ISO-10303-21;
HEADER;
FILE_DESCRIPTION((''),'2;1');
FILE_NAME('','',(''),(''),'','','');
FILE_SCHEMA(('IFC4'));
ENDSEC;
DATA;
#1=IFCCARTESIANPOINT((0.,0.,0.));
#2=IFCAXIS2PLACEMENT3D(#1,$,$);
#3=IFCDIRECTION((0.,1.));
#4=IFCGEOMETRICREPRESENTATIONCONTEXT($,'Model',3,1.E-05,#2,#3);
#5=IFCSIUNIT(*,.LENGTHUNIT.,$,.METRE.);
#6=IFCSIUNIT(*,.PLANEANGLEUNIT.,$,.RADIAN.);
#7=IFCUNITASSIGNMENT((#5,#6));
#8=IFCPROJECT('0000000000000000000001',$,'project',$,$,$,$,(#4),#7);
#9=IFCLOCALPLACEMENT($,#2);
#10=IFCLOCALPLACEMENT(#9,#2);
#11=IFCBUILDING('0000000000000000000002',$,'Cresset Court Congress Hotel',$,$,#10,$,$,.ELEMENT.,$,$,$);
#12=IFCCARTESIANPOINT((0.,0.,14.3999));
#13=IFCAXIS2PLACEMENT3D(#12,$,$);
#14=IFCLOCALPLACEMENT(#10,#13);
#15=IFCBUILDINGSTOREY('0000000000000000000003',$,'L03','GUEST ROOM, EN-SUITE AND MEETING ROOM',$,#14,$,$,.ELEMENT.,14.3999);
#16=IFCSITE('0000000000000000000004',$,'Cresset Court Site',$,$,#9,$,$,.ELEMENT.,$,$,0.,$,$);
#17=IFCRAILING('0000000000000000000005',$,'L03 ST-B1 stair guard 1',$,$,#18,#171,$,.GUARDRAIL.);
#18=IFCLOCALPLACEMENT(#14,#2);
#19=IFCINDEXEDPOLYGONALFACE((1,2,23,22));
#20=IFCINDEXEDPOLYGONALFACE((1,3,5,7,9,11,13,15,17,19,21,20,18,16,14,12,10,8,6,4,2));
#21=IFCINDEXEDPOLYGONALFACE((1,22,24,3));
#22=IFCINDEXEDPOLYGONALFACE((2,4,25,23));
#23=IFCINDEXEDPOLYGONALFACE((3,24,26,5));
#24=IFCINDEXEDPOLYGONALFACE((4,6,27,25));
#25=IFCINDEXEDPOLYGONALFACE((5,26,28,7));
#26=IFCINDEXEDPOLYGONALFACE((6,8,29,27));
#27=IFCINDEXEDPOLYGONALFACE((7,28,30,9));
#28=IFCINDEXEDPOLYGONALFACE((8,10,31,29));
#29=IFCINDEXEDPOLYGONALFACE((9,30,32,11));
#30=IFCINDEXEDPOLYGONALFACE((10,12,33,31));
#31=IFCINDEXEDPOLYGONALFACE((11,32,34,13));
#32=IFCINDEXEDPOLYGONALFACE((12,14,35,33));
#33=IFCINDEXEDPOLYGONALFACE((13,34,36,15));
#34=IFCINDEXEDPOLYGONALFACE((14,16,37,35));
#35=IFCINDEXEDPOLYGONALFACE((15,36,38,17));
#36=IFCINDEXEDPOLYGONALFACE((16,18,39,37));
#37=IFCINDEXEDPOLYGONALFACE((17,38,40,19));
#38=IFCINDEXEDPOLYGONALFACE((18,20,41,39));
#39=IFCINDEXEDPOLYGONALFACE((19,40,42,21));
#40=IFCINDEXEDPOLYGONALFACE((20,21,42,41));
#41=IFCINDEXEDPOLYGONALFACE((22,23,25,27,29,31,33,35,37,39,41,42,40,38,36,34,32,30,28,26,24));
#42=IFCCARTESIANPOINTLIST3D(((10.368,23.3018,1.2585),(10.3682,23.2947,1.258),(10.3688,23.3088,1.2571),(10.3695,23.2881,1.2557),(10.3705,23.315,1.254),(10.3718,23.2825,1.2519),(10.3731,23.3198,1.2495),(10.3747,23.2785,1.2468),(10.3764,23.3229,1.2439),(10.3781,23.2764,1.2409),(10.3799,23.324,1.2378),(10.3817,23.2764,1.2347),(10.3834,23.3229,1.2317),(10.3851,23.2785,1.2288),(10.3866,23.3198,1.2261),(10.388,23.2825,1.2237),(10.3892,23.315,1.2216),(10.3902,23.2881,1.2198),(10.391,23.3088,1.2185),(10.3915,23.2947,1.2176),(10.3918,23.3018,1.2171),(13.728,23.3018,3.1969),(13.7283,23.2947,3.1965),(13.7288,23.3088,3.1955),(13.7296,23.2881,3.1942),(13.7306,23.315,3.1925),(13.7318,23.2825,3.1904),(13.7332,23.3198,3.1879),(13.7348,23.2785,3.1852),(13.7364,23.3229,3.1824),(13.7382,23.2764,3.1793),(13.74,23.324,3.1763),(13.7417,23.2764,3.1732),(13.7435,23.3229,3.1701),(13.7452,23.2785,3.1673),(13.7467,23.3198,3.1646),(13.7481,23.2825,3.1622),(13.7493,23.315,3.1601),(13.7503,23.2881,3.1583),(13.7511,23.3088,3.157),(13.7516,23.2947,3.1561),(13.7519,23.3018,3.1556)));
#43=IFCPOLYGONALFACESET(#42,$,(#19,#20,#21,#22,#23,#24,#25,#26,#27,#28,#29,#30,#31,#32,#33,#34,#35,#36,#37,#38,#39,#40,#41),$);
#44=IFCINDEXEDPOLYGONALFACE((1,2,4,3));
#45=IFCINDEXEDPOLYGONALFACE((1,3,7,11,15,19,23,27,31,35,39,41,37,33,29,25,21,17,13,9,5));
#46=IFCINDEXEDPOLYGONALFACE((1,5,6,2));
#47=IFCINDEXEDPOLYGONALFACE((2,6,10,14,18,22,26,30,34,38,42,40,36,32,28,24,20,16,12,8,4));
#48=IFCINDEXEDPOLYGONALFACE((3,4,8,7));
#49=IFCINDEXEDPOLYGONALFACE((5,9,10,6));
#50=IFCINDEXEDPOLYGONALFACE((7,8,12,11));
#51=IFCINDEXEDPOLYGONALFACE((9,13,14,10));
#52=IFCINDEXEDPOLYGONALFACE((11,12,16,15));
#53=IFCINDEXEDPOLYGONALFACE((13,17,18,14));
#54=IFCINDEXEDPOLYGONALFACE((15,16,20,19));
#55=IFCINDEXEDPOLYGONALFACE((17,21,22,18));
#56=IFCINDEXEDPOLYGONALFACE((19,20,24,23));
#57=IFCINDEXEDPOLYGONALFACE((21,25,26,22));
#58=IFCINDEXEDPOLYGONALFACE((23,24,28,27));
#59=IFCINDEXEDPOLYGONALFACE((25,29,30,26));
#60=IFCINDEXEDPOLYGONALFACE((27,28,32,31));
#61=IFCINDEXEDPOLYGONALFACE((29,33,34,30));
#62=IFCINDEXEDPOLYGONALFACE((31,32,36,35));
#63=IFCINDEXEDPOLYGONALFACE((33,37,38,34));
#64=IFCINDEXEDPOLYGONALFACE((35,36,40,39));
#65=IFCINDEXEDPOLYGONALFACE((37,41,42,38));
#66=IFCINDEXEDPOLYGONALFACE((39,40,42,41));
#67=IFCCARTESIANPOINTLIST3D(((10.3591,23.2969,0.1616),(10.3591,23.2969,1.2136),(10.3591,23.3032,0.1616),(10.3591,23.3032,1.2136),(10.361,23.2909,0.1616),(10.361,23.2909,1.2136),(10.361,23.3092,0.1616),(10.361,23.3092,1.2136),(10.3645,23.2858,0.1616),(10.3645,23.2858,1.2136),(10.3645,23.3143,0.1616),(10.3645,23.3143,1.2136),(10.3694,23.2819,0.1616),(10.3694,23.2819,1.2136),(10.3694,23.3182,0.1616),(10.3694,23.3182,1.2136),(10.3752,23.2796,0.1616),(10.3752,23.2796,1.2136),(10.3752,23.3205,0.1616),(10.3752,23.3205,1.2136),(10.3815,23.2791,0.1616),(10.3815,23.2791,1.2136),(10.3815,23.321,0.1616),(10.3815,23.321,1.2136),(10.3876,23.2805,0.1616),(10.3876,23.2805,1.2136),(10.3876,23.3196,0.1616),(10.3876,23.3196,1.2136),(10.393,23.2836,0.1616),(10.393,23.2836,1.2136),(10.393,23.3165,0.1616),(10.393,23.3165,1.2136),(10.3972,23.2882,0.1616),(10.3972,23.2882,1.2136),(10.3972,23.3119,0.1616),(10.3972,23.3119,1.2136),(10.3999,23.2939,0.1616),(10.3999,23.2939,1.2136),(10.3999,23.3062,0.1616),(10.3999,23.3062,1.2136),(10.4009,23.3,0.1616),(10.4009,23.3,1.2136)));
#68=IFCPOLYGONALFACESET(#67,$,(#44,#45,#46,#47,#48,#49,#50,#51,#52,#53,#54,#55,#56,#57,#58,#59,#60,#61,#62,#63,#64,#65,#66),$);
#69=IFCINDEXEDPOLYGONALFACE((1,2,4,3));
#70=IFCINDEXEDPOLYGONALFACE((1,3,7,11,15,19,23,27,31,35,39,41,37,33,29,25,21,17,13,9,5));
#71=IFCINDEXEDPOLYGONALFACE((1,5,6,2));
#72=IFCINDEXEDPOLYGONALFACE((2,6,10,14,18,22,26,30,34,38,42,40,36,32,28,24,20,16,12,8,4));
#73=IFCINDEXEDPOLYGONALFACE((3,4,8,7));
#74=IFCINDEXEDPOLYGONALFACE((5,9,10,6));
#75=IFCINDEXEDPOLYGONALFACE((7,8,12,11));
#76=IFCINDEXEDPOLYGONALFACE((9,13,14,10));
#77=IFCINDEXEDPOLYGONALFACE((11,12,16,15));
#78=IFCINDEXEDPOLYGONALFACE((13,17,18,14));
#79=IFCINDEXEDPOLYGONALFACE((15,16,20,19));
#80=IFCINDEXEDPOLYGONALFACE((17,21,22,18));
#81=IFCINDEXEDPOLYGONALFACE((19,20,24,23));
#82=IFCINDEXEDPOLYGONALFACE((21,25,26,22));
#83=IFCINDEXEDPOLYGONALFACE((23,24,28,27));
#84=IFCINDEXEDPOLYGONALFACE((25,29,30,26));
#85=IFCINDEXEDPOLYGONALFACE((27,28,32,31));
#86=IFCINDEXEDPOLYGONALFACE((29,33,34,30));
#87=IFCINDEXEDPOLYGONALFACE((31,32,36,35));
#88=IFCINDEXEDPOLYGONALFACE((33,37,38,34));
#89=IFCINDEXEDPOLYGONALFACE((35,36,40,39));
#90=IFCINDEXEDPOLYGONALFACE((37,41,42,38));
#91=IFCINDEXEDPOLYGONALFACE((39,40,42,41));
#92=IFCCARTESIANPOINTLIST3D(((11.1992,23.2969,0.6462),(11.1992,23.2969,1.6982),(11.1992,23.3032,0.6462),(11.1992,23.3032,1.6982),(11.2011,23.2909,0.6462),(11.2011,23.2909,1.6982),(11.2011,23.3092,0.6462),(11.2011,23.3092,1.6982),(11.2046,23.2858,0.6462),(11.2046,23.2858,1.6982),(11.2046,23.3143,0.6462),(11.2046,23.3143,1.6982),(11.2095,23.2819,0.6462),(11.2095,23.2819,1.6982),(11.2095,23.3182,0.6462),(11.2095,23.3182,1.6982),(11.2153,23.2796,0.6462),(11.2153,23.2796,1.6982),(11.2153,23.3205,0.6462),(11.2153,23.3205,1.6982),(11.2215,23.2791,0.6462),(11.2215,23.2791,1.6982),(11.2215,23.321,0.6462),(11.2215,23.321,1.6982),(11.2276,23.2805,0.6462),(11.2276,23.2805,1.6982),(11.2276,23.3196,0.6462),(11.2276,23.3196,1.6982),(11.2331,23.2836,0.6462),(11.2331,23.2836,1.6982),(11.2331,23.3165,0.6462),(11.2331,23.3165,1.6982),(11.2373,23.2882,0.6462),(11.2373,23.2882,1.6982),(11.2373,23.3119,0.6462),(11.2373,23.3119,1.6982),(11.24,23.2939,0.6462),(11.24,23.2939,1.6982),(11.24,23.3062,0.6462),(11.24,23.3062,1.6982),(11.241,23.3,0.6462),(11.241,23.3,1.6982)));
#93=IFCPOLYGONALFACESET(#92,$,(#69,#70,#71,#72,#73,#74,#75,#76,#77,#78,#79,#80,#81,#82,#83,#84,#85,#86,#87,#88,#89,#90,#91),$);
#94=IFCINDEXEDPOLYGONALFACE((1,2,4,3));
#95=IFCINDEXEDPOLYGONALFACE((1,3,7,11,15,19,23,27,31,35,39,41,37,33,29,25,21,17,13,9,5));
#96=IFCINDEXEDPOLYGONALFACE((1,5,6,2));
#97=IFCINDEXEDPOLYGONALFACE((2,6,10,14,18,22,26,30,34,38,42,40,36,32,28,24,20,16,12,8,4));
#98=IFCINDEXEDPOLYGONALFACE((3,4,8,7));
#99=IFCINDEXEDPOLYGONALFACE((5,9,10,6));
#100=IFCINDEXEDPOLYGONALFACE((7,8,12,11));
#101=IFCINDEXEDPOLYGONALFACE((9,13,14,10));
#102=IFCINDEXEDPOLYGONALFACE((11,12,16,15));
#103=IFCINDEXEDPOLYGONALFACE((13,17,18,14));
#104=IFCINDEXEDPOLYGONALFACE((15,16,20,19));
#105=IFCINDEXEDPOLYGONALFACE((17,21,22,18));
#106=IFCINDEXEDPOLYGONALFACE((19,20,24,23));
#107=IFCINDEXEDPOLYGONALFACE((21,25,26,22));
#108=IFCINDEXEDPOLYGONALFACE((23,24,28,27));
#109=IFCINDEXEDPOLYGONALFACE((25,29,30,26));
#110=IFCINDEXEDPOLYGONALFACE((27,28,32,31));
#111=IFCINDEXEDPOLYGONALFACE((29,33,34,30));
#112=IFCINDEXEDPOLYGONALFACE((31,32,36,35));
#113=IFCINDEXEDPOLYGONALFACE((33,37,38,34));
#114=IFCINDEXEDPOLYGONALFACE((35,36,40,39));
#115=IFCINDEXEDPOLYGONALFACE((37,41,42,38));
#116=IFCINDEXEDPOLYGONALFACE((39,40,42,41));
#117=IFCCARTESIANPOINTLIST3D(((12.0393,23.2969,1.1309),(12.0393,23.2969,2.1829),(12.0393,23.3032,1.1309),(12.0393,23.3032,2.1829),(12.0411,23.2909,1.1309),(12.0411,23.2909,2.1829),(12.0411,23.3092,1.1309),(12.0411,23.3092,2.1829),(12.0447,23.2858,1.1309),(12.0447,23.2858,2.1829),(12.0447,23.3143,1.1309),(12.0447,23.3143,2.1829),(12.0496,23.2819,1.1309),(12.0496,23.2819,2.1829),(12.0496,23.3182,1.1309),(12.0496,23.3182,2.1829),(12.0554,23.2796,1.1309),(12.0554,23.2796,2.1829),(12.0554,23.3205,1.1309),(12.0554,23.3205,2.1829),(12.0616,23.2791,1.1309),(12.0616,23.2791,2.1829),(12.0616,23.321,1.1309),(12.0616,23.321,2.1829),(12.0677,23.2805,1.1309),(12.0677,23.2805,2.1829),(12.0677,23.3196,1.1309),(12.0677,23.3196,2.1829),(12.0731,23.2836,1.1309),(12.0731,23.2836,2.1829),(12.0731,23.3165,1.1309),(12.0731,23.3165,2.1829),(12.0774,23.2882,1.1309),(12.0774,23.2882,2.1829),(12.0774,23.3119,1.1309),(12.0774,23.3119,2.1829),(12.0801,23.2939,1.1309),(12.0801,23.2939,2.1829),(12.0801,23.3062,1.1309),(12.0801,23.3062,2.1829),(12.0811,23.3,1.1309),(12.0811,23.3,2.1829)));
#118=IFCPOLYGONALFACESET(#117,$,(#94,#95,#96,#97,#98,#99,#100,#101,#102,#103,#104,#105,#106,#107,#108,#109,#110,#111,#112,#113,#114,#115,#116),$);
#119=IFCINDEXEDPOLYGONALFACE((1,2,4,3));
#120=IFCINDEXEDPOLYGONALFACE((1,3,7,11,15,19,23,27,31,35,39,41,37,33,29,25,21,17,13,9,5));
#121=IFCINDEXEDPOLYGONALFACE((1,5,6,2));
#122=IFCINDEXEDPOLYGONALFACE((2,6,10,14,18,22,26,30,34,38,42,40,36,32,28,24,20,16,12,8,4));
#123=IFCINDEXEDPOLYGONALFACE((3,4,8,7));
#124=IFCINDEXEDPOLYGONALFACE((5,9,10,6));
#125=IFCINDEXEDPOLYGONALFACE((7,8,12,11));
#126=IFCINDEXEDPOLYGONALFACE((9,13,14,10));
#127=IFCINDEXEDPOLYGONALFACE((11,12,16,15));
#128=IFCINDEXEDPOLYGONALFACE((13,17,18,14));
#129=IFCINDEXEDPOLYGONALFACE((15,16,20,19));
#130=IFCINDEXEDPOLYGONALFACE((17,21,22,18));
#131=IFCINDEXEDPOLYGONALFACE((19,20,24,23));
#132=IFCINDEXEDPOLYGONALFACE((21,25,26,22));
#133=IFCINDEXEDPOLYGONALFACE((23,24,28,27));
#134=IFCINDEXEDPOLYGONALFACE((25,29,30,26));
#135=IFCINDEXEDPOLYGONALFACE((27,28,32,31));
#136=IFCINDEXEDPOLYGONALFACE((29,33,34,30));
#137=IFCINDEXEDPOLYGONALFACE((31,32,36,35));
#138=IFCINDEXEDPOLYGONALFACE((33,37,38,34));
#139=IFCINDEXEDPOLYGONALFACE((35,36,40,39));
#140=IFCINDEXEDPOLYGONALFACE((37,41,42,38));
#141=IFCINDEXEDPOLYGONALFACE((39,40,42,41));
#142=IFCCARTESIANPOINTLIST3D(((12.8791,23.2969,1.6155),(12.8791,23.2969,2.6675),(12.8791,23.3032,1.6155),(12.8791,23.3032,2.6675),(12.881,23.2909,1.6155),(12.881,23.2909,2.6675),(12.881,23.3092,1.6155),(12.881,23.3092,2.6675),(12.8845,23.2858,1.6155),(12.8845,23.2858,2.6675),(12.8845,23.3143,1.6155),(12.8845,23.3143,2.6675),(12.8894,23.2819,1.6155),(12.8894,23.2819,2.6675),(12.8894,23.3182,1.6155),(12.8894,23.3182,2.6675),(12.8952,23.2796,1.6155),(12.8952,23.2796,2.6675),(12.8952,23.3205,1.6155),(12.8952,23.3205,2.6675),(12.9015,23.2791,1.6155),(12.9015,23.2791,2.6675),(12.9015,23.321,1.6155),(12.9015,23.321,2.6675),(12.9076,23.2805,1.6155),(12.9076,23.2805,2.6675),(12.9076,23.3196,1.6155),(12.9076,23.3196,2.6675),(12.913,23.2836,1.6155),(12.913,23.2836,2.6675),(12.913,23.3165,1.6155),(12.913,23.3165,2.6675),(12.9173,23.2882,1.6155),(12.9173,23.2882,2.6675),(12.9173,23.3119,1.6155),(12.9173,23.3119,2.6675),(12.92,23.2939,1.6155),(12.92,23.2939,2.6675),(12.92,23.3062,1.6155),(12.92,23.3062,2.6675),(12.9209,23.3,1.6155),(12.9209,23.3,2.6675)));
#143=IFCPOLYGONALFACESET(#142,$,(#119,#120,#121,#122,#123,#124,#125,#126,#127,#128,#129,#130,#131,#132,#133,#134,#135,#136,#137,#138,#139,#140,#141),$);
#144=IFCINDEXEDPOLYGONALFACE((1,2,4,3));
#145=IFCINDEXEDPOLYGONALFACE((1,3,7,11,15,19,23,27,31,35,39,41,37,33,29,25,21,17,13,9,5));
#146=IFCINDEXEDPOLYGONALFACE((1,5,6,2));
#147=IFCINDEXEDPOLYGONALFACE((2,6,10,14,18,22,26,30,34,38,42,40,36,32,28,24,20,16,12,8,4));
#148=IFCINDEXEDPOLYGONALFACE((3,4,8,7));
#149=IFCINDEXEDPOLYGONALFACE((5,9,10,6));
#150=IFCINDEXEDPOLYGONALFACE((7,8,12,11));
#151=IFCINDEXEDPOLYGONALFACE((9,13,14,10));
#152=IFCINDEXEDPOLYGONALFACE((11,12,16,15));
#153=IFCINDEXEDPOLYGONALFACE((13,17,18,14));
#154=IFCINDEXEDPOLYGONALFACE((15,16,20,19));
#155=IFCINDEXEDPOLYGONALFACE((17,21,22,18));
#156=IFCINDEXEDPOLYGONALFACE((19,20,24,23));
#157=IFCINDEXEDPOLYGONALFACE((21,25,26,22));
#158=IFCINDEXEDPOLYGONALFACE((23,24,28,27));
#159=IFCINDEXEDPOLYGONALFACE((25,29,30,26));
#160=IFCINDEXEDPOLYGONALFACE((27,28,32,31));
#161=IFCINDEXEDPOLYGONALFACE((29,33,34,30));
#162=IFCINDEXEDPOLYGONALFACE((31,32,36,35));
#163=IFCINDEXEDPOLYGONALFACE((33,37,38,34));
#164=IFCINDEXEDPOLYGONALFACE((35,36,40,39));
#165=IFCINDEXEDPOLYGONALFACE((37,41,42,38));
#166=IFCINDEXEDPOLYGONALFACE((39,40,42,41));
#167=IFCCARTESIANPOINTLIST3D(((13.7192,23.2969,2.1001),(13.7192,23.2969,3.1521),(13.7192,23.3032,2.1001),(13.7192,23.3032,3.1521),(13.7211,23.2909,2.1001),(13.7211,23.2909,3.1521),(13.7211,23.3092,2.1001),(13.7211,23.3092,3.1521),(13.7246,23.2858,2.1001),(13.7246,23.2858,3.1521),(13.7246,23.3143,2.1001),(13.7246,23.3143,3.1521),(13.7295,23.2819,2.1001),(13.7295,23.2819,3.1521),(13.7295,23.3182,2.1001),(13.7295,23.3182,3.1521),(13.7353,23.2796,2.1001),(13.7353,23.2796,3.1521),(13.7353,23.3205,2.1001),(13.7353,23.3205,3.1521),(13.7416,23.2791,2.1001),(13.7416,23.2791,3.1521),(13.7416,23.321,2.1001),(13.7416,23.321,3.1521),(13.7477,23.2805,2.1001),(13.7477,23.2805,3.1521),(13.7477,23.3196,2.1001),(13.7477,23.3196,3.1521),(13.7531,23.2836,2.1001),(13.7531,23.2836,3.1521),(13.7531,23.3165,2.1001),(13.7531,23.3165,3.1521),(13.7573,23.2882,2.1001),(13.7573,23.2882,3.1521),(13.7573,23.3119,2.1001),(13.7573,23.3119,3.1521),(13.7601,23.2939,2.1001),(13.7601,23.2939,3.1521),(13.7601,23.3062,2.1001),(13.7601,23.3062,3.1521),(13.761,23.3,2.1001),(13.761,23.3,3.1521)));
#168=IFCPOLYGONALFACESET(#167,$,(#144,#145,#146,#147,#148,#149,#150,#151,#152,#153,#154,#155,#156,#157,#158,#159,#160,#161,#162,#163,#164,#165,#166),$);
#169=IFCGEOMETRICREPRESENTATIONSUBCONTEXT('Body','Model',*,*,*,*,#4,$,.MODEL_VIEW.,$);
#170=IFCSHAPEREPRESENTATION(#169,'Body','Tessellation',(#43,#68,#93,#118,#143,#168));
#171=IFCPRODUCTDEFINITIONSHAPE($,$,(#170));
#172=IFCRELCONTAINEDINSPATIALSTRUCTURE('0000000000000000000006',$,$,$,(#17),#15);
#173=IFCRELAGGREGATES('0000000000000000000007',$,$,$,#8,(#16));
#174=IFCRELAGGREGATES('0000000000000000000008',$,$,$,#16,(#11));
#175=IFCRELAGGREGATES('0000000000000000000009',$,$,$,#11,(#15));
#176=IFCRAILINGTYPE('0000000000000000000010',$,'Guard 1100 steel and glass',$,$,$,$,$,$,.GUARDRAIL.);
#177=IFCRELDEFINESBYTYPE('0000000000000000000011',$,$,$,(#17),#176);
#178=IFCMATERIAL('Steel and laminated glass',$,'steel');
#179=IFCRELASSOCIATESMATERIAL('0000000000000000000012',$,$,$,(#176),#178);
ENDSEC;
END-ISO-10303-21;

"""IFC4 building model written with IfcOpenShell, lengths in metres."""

from ifc_helpers import new_model, si_unit, direction, frame, origin, origin_2d, place, context, subcontext, project, spatial, circle, extrude, material, type_object, element, save


model = new_model("IFC4")

# Units and contexts
model_context = context("Model", 3, precision=1e-05, world=origin(), true_north=direction((0.0, 1.0)))
body_context = subcontext(model_context, "Body", "Model", "MODEL_VIEW")
ifc_project = project(units=[si_unit("LENGTHUNIT", "METRE"), si_unit("PLANEANGLEUNIT", "RADIAN")], contexts=[model_context])

# Site, building, storey
site_placement = place(None, origin())
site = spatial("IfcSite", under=ifc_project, at=site_placement, Name="Cresset Court Site", CompositionType="ELEMENT", RefElevation=0.0)
building_placement = place(site_placement, origin())
building = spatial("IfcBuilding", under=site, at=building_placement, Name="Cresset Court Congress Hotel", CompositionType="ELEMENT")
storey_placement = place(building_placement, frame((0.0, 0.0, 14.3999)))
storey = spatial("IfcBuildingStorey", under=building, at=storey_placement, Name="L03", Description="GUEST ROOM, EN-SUITE AND MEETING ROOM", CompositionType="ELEMENT", Elevation=14.3999)

# Railing
ifc_material_1 = material(Name="Steel and laminated glass", Category="steel")
railing_type_1 = type_object("IfcRailingType", Name="Guard 1100 steel and glass", PredefinedType="GUARDRAIL", material=ifc_material_1)
railing_1_placement = place(storey_placement, frame((10.3799, 23.3, 0.1616)))
element("IfcRailing", 1, at=railing_1_placement, inside=storey, type_object=railing_type_1, Name="L03 ST-B1 stair guard 1", PredefinedType="GUARDRAIL", context=body_context, shape_type="SweptSolid", body=[
    extrude(circle(Radius=0.0239, at=origin_2d()), frame((0.0, 0.0, 1.0762), z_axis=(0.866191, 0.0, 0.499713), x_axis=(0.0, 1.0, 0.0)), (0.0, 0.0, 1.0), 3.8792),
    extrude(circle(Radius=0.021, at=origin_2d()), origin(), (0.0, 0.0, 1.0), 1.052),
    extrude(circle(Radius=0.021, at=origin_2d()), frame((0.8401, 0.0, 0.4846)), (0.0, 0.0, 1.0), 1.052),
    extrude(circle(Radius=0.021, at=origin_2d()), frame((1.6802, 0.0, 0.9692)), (0.0, 0.0, 1.0), 1.052),
    extrude(circle(Radius=0.021, at=origin_2d()), frame((2.52, 0.0, 1.4539)), (0.0, 0.0, 1.0), 1.052),
    extrude(circle(Radius=0.021, at=origin_2d()), frame((3.3601, 0.0, 1.9385)), (0.0, 0.0, 1.0), 1.052),
])

save(model, "model.ifc")
